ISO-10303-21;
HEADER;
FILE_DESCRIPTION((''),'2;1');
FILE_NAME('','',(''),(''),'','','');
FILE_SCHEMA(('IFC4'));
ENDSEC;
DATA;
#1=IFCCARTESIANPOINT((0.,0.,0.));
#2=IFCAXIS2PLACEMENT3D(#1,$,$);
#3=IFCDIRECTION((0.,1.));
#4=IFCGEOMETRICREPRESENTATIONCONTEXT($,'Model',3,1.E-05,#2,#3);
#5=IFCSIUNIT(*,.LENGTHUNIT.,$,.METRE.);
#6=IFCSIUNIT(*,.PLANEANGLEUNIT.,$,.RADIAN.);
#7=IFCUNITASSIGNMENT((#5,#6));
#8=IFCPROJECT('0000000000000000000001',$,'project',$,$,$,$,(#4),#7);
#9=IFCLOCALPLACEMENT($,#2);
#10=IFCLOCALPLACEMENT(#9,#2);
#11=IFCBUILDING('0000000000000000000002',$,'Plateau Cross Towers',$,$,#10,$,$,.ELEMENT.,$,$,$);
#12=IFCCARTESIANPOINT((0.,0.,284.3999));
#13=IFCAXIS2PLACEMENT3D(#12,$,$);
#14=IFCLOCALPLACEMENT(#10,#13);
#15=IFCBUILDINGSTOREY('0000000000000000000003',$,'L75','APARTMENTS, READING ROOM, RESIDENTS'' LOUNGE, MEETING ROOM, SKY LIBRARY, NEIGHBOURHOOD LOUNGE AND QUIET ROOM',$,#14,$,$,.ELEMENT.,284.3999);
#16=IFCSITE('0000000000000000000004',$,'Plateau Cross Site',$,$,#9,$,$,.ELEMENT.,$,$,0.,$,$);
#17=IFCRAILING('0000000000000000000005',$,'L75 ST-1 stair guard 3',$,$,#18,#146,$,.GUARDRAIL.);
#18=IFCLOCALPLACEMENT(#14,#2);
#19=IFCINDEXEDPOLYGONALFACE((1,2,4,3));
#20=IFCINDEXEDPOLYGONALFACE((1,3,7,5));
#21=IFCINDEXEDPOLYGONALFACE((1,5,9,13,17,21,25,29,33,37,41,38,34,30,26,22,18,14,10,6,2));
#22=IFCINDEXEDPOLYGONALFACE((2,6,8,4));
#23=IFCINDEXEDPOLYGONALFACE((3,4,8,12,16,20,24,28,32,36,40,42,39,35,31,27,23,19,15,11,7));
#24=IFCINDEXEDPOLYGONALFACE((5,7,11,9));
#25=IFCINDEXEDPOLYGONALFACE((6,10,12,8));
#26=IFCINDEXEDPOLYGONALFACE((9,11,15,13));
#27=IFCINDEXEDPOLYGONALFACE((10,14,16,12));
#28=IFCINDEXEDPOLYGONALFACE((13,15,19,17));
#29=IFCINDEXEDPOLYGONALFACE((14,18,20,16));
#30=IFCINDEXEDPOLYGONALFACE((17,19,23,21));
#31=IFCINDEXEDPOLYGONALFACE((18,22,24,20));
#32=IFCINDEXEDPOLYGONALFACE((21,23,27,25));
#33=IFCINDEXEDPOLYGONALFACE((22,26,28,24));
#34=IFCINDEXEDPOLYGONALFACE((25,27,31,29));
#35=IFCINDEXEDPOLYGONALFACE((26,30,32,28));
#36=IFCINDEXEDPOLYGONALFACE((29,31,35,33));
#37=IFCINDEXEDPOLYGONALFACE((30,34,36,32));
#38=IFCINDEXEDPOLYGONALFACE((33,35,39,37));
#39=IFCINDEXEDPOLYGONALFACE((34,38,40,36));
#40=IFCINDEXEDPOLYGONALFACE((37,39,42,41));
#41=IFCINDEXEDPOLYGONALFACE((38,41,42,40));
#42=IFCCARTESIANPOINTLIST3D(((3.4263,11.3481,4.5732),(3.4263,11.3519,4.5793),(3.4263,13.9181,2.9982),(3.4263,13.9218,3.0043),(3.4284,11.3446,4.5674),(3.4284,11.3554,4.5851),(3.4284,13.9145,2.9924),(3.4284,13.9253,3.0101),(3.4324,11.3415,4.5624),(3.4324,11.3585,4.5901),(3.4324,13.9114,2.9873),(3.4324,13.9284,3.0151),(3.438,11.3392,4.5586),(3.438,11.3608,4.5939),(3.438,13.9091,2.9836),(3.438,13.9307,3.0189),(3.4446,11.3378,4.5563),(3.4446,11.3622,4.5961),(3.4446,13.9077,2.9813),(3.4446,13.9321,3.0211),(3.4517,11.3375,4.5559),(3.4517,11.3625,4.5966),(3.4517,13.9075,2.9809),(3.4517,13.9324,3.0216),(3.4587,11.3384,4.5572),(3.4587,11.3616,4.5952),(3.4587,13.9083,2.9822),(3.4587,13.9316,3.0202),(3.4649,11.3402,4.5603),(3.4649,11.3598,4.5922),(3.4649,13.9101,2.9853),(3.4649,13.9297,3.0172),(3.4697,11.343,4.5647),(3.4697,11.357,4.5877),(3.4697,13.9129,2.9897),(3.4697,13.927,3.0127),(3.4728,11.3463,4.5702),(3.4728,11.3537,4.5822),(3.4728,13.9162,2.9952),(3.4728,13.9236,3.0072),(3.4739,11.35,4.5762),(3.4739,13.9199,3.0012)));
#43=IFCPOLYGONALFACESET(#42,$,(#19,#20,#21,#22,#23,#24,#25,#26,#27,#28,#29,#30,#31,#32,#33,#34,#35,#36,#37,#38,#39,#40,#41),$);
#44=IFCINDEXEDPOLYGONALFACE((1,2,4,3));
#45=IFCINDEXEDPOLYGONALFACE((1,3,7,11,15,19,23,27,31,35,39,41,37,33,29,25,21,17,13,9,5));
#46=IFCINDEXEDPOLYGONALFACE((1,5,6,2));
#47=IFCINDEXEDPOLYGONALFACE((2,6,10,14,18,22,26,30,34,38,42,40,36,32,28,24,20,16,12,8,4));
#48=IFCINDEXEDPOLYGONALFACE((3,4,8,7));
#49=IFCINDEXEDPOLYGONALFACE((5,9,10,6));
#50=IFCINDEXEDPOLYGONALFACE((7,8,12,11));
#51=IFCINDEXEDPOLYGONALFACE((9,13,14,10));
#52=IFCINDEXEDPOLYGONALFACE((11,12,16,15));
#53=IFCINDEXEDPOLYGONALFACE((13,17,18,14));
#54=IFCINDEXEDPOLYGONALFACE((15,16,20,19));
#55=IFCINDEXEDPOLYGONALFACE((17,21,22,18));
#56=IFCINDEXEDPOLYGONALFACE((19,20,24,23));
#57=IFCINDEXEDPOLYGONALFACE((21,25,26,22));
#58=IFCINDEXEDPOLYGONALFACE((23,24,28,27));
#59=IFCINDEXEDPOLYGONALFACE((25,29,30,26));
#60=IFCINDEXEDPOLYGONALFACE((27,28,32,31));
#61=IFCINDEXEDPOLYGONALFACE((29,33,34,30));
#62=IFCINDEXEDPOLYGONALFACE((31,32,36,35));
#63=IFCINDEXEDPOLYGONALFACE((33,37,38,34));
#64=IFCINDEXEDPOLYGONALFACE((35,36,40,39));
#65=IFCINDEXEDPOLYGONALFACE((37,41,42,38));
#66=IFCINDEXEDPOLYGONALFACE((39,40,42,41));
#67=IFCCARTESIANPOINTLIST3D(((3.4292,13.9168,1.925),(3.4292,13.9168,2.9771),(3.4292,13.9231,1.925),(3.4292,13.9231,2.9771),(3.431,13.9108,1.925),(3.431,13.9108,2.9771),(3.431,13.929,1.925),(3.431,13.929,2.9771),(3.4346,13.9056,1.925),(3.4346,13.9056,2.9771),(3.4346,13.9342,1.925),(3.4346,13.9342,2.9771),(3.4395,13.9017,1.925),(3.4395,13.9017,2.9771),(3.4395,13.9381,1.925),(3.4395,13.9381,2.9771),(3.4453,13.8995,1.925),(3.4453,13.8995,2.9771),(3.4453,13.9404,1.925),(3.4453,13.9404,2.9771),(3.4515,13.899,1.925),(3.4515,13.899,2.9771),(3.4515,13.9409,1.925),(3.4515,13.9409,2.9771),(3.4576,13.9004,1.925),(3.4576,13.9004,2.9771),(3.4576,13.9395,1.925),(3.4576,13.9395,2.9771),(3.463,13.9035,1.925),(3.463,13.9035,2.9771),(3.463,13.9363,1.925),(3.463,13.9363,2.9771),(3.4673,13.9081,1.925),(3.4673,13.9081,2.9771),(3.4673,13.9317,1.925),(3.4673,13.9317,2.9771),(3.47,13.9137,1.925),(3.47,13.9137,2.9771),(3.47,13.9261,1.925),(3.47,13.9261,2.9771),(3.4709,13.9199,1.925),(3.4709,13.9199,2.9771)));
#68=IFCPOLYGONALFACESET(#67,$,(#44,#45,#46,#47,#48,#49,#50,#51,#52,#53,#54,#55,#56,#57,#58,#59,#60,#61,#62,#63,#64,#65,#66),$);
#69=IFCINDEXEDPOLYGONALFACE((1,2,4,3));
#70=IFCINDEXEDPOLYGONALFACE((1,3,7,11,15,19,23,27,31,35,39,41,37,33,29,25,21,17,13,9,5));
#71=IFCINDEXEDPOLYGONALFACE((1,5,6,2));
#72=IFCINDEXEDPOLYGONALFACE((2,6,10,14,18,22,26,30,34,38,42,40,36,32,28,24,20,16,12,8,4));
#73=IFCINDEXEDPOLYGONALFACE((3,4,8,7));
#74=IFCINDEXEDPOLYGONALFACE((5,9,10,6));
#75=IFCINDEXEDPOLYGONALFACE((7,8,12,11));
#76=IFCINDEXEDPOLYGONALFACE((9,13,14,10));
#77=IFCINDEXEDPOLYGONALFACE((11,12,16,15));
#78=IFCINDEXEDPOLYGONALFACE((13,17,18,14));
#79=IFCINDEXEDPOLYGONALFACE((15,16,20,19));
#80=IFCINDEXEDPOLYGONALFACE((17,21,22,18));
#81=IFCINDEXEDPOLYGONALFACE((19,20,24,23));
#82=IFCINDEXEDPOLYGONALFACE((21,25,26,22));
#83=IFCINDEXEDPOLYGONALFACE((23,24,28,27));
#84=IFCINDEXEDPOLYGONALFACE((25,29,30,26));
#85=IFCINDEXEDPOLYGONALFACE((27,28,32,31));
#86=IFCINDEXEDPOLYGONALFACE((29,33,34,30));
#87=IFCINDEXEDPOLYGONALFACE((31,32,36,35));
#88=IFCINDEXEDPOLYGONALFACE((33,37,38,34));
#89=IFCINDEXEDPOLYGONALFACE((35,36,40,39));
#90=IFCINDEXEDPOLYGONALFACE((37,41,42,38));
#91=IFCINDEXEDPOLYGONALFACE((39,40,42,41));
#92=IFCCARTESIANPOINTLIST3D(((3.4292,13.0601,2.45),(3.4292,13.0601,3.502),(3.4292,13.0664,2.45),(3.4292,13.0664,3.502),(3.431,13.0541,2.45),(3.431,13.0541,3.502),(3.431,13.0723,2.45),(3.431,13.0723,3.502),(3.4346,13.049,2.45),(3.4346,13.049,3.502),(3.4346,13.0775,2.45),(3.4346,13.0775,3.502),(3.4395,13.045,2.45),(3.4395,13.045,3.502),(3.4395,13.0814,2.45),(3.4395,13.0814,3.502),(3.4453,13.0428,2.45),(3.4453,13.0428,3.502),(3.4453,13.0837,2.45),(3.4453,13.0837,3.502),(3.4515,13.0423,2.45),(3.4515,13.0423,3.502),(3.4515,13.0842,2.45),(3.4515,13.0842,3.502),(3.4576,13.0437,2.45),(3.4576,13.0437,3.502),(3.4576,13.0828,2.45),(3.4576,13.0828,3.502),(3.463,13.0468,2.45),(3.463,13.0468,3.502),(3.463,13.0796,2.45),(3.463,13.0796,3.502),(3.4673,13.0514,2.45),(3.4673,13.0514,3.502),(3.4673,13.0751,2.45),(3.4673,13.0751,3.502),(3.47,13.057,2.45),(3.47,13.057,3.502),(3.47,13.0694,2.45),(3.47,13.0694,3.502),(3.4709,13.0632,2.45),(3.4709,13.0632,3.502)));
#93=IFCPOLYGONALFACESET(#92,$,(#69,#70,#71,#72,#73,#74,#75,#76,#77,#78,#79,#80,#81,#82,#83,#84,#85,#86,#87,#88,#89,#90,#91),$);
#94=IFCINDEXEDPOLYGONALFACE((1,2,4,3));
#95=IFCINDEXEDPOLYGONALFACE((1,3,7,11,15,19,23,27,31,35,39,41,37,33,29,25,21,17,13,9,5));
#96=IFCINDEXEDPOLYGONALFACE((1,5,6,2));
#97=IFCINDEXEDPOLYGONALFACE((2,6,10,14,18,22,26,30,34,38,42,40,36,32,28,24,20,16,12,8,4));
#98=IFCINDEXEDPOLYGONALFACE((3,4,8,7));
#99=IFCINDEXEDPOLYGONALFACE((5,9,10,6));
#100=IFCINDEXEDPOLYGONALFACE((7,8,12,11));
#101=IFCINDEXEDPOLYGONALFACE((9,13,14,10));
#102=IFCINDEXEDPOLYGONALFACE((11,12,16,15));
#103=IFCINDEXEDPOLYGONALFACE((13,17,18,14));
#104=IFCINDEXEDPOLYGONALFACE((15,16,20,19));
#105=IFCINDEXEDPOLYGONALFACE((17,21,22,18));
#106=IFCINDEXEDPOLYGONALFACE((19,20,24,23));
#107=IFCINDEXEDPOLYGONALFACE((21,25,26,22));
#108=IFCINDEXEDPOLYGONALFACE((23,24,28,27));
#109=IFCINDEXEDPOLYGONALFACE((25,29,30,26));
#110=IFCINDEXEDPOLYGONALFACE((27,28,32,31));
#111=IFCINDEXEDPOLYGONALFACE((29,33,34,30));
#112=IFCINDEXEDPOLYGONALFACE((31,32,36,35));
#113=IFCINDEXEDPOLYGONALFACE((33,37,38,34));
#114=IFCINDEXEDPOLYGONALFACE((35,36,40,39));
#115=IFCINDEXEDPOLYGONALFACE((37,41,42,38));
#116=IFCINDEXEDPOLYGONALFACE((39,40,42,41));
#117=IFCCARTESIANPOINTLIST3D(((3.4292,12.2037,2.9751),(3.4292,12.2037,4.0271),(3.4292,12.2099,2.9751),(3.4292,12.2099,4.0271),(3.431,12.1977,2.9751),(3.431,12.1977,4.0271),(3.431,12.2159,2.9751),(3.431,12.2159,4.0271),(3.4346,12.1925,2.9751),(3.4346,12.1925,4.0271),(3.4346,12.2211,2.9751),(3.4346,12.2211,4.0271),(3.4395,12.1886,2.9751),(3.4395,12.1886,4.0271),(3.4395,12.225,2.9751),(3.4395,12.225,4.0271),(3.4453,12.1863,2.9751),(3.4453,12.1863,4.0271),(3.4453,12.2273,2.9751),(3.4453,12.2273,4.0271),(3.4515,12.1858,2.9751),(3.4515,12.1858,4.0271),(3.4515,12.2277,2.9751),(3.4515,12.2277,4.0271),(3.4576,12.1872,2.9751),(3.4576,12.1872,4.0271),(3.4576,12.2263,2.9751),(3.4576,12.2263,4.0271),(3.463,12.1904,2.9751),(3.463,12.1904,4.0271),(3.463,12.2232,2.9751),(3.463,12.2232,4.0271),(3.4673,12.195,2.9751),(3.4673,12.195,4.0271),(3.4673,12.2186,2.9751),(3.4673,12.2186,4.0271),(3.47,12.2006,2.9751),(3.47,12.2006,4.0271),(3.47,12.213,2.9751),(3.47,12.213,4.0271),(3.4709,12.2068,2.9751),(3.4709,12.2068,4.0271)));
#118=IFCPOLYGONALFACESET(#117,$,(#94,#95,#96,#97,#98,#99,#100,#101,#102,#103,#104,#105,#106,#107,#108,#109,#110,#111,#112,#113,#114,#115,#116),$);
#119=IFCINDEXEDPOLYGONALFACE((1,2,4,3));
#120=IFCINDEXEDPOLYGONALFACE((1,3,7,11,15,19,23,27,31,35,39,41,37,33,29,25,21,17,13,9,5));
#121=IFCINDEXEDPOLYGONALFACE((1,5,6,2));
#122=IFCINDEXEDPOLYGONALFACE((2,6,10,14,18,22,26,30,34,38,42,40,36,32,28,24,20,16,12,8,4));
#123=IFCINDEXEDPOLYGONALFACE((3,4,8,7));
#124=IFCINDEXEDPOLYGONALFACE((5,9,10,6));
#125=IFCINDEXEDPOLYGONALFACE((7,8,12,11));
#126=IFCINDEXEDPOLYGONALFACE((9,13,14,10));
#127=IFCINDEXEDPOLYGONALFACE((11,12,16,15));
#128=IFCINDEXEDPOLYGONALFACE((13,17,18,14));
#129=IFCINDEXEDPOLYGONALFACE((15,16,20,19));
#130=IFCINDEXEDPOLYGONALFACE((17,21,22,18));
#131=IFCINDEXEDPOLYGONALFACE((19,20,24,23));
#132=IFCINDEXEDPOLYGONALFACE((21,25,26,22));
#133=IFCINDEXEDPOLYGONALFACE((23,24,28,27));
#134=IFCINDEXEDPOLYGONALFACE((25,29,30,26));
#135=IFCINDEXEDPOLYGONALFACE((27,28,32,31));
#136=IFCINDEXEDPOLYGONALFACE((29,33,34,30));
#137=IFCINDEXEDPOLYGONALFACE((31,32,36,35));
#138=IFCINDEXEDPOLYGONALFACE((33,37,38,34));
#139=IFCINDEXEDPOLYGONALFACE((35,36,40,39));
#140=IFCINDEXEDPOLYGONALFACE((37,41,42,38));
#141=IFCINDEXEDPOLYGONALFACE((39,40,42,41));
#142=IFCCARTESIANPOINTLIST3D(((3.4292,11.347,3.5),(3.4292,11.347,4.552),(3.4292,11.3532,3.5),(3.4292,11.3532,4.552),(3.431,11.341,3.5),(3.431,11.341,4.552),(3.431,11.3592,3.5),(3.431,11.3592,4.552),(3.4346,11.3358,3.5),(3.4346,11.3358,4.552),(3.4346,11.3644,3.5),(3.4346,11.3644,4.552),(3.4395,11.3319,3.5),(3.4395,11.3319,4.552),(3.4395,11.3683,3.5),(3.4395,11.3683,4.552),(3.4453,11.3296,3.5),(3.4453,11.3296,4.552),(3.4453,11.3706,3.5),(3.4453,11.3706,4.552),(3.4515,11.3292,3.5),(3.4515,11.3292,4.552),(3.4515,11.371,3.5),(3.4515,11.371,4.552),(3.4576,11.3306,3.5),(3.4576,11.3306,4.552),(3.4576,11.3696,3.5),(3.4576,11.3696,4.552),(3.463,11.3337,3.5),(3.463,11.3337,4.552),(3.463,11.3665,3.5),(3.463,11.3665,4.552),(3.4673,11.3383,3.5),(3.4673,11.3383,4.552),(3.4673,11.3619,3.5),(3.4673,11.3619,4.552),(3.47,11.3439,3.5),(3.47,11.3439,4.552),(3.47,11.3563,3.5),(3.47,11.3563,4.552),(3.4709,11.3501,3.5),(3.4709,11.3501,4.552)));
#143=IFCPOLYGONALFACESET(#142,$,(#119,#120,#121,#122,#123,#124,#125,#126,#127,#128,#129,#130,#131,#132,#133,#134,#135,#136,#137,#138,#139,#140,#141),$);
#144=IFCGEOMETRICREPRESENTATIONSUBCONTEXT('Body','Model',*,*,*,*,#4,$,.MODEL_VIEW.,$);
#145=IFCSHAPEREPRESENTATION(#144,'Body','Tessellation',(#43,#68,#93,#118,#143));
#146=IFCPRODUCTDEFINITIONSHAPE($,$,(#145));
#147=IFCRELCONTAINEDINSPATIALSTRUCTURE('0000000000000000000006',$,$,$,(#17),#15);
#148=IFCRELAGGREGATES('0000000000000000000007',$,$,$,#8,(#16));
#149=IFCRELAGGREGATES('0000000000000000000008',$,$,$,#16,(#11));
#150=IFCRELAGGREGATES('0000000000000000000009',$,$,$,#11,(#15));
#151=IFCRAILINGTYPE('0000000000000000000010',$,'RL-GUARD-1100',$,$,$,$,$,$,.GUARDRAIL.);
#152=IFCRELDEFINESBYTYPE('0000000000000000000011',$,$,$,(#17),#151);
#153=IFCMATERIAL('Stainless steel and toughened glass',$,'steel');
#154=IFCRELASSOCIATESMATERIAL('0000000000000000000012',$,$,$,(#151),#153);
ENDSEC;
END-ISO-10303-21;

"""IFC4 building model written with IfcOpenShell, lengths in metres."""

from ifc_helpers import new_model, si_unit, direction, frame, origin, origin_2d, place, context, subcontext, project, spatial, circle, extrude, material, type_object, element, save


model = new_model("IFC4")

# Units and contexts
model_context = context("Model", 3, precision=1e-05, world=origin(), true_north=direction((0.0, 1.0)))
body_context = subcontext(model_context, "Body", "Model", "MODEL_VIEW")
ifc_project = project(units=[si_unit("LENGTHUNIT", "METRE"), si_unit("PLANEANGLEUNIT", "RADIAN")], contexts=[model_context])

# Site, building, storey
site_placement = place(None, origin())
site = spatial("IfcSite", under=ifc_project, at=site_placement, Name="Plateau Cross Site", CompositionType="ELEMENT", RefElevation=0.0)
building_placement = place(site_placement, origin())
building = spatial("IfcBuilding", under=site, at=building_placement, Name="Plateau Cross Towers", CompositionType="ELEMENT")
storey_placement = place(building_placement, frame((0.0, 0.0, 284.3999)))
storey = spatial("IfcBuildingStorey", under=building, at=storey_placement, Name="L75", Description="APARTMENTS, READING ROOM, RESIDENTS' LOUNGE, MEETING ROOM, SKY LIBRARY, NEIGHBOURHOOD LOUNGE AND QUIET ROOM", CompositionType="ELEMENT", Elevation=284.3999)

# Railing
ifc_material_1 = material(Name="Stainless steel and toughened glass", Category="steel")
railing_type_1 = type_object("IfcRailingType", Name="RL-GUARD-1100", PredefinedType="GUARDRAIL", material=ifc_material_1)
railing_1_placement = place(storey_placement, frame((3.45, 13.9199, 1.925)))
element("IfcRailing", 1, at=railing_1_placement, inside=storey, type_object=railing_type_1, Name="L75 ST-1 stair guard 3", PredefinedType="GUARDRAIL", context=body_context, shape_type="SweptSolid", body=[
    extrude(circle(Radius=0.0239, at=origin_2d()), frame((0.0, 0.0, 1.0762), z_axis=(0.0, -0.852616, 0.522537), x_axis=(1.0, 0.0, 0.0)), (0.0, 0.0, 1.0), 3.0142),
    extrude(circle(Radius=0.021, at=origin_2d()), origin(), (0.0, 0.0, 1.0), 1.052),
    extrude(circle(Radius=0.021, at=origin_2d()), frame((0.0, -0.8567, 0.5249)), (0.0, 0.0, 1.0), 1.052),
    extrude(circle(Radius=0.021, at=origin_2d()), frame((0.0, -1.7131, 1.05)), (0.0, 0.0, 1.0), 1.052),
    extrude(circle(Radius=0.021, at=origin_2d()), frame((0.0, -2.5698, 1.575)), (0.0, 0.0, 1.0), 1.052),
])

save(model, "model.ifc")
